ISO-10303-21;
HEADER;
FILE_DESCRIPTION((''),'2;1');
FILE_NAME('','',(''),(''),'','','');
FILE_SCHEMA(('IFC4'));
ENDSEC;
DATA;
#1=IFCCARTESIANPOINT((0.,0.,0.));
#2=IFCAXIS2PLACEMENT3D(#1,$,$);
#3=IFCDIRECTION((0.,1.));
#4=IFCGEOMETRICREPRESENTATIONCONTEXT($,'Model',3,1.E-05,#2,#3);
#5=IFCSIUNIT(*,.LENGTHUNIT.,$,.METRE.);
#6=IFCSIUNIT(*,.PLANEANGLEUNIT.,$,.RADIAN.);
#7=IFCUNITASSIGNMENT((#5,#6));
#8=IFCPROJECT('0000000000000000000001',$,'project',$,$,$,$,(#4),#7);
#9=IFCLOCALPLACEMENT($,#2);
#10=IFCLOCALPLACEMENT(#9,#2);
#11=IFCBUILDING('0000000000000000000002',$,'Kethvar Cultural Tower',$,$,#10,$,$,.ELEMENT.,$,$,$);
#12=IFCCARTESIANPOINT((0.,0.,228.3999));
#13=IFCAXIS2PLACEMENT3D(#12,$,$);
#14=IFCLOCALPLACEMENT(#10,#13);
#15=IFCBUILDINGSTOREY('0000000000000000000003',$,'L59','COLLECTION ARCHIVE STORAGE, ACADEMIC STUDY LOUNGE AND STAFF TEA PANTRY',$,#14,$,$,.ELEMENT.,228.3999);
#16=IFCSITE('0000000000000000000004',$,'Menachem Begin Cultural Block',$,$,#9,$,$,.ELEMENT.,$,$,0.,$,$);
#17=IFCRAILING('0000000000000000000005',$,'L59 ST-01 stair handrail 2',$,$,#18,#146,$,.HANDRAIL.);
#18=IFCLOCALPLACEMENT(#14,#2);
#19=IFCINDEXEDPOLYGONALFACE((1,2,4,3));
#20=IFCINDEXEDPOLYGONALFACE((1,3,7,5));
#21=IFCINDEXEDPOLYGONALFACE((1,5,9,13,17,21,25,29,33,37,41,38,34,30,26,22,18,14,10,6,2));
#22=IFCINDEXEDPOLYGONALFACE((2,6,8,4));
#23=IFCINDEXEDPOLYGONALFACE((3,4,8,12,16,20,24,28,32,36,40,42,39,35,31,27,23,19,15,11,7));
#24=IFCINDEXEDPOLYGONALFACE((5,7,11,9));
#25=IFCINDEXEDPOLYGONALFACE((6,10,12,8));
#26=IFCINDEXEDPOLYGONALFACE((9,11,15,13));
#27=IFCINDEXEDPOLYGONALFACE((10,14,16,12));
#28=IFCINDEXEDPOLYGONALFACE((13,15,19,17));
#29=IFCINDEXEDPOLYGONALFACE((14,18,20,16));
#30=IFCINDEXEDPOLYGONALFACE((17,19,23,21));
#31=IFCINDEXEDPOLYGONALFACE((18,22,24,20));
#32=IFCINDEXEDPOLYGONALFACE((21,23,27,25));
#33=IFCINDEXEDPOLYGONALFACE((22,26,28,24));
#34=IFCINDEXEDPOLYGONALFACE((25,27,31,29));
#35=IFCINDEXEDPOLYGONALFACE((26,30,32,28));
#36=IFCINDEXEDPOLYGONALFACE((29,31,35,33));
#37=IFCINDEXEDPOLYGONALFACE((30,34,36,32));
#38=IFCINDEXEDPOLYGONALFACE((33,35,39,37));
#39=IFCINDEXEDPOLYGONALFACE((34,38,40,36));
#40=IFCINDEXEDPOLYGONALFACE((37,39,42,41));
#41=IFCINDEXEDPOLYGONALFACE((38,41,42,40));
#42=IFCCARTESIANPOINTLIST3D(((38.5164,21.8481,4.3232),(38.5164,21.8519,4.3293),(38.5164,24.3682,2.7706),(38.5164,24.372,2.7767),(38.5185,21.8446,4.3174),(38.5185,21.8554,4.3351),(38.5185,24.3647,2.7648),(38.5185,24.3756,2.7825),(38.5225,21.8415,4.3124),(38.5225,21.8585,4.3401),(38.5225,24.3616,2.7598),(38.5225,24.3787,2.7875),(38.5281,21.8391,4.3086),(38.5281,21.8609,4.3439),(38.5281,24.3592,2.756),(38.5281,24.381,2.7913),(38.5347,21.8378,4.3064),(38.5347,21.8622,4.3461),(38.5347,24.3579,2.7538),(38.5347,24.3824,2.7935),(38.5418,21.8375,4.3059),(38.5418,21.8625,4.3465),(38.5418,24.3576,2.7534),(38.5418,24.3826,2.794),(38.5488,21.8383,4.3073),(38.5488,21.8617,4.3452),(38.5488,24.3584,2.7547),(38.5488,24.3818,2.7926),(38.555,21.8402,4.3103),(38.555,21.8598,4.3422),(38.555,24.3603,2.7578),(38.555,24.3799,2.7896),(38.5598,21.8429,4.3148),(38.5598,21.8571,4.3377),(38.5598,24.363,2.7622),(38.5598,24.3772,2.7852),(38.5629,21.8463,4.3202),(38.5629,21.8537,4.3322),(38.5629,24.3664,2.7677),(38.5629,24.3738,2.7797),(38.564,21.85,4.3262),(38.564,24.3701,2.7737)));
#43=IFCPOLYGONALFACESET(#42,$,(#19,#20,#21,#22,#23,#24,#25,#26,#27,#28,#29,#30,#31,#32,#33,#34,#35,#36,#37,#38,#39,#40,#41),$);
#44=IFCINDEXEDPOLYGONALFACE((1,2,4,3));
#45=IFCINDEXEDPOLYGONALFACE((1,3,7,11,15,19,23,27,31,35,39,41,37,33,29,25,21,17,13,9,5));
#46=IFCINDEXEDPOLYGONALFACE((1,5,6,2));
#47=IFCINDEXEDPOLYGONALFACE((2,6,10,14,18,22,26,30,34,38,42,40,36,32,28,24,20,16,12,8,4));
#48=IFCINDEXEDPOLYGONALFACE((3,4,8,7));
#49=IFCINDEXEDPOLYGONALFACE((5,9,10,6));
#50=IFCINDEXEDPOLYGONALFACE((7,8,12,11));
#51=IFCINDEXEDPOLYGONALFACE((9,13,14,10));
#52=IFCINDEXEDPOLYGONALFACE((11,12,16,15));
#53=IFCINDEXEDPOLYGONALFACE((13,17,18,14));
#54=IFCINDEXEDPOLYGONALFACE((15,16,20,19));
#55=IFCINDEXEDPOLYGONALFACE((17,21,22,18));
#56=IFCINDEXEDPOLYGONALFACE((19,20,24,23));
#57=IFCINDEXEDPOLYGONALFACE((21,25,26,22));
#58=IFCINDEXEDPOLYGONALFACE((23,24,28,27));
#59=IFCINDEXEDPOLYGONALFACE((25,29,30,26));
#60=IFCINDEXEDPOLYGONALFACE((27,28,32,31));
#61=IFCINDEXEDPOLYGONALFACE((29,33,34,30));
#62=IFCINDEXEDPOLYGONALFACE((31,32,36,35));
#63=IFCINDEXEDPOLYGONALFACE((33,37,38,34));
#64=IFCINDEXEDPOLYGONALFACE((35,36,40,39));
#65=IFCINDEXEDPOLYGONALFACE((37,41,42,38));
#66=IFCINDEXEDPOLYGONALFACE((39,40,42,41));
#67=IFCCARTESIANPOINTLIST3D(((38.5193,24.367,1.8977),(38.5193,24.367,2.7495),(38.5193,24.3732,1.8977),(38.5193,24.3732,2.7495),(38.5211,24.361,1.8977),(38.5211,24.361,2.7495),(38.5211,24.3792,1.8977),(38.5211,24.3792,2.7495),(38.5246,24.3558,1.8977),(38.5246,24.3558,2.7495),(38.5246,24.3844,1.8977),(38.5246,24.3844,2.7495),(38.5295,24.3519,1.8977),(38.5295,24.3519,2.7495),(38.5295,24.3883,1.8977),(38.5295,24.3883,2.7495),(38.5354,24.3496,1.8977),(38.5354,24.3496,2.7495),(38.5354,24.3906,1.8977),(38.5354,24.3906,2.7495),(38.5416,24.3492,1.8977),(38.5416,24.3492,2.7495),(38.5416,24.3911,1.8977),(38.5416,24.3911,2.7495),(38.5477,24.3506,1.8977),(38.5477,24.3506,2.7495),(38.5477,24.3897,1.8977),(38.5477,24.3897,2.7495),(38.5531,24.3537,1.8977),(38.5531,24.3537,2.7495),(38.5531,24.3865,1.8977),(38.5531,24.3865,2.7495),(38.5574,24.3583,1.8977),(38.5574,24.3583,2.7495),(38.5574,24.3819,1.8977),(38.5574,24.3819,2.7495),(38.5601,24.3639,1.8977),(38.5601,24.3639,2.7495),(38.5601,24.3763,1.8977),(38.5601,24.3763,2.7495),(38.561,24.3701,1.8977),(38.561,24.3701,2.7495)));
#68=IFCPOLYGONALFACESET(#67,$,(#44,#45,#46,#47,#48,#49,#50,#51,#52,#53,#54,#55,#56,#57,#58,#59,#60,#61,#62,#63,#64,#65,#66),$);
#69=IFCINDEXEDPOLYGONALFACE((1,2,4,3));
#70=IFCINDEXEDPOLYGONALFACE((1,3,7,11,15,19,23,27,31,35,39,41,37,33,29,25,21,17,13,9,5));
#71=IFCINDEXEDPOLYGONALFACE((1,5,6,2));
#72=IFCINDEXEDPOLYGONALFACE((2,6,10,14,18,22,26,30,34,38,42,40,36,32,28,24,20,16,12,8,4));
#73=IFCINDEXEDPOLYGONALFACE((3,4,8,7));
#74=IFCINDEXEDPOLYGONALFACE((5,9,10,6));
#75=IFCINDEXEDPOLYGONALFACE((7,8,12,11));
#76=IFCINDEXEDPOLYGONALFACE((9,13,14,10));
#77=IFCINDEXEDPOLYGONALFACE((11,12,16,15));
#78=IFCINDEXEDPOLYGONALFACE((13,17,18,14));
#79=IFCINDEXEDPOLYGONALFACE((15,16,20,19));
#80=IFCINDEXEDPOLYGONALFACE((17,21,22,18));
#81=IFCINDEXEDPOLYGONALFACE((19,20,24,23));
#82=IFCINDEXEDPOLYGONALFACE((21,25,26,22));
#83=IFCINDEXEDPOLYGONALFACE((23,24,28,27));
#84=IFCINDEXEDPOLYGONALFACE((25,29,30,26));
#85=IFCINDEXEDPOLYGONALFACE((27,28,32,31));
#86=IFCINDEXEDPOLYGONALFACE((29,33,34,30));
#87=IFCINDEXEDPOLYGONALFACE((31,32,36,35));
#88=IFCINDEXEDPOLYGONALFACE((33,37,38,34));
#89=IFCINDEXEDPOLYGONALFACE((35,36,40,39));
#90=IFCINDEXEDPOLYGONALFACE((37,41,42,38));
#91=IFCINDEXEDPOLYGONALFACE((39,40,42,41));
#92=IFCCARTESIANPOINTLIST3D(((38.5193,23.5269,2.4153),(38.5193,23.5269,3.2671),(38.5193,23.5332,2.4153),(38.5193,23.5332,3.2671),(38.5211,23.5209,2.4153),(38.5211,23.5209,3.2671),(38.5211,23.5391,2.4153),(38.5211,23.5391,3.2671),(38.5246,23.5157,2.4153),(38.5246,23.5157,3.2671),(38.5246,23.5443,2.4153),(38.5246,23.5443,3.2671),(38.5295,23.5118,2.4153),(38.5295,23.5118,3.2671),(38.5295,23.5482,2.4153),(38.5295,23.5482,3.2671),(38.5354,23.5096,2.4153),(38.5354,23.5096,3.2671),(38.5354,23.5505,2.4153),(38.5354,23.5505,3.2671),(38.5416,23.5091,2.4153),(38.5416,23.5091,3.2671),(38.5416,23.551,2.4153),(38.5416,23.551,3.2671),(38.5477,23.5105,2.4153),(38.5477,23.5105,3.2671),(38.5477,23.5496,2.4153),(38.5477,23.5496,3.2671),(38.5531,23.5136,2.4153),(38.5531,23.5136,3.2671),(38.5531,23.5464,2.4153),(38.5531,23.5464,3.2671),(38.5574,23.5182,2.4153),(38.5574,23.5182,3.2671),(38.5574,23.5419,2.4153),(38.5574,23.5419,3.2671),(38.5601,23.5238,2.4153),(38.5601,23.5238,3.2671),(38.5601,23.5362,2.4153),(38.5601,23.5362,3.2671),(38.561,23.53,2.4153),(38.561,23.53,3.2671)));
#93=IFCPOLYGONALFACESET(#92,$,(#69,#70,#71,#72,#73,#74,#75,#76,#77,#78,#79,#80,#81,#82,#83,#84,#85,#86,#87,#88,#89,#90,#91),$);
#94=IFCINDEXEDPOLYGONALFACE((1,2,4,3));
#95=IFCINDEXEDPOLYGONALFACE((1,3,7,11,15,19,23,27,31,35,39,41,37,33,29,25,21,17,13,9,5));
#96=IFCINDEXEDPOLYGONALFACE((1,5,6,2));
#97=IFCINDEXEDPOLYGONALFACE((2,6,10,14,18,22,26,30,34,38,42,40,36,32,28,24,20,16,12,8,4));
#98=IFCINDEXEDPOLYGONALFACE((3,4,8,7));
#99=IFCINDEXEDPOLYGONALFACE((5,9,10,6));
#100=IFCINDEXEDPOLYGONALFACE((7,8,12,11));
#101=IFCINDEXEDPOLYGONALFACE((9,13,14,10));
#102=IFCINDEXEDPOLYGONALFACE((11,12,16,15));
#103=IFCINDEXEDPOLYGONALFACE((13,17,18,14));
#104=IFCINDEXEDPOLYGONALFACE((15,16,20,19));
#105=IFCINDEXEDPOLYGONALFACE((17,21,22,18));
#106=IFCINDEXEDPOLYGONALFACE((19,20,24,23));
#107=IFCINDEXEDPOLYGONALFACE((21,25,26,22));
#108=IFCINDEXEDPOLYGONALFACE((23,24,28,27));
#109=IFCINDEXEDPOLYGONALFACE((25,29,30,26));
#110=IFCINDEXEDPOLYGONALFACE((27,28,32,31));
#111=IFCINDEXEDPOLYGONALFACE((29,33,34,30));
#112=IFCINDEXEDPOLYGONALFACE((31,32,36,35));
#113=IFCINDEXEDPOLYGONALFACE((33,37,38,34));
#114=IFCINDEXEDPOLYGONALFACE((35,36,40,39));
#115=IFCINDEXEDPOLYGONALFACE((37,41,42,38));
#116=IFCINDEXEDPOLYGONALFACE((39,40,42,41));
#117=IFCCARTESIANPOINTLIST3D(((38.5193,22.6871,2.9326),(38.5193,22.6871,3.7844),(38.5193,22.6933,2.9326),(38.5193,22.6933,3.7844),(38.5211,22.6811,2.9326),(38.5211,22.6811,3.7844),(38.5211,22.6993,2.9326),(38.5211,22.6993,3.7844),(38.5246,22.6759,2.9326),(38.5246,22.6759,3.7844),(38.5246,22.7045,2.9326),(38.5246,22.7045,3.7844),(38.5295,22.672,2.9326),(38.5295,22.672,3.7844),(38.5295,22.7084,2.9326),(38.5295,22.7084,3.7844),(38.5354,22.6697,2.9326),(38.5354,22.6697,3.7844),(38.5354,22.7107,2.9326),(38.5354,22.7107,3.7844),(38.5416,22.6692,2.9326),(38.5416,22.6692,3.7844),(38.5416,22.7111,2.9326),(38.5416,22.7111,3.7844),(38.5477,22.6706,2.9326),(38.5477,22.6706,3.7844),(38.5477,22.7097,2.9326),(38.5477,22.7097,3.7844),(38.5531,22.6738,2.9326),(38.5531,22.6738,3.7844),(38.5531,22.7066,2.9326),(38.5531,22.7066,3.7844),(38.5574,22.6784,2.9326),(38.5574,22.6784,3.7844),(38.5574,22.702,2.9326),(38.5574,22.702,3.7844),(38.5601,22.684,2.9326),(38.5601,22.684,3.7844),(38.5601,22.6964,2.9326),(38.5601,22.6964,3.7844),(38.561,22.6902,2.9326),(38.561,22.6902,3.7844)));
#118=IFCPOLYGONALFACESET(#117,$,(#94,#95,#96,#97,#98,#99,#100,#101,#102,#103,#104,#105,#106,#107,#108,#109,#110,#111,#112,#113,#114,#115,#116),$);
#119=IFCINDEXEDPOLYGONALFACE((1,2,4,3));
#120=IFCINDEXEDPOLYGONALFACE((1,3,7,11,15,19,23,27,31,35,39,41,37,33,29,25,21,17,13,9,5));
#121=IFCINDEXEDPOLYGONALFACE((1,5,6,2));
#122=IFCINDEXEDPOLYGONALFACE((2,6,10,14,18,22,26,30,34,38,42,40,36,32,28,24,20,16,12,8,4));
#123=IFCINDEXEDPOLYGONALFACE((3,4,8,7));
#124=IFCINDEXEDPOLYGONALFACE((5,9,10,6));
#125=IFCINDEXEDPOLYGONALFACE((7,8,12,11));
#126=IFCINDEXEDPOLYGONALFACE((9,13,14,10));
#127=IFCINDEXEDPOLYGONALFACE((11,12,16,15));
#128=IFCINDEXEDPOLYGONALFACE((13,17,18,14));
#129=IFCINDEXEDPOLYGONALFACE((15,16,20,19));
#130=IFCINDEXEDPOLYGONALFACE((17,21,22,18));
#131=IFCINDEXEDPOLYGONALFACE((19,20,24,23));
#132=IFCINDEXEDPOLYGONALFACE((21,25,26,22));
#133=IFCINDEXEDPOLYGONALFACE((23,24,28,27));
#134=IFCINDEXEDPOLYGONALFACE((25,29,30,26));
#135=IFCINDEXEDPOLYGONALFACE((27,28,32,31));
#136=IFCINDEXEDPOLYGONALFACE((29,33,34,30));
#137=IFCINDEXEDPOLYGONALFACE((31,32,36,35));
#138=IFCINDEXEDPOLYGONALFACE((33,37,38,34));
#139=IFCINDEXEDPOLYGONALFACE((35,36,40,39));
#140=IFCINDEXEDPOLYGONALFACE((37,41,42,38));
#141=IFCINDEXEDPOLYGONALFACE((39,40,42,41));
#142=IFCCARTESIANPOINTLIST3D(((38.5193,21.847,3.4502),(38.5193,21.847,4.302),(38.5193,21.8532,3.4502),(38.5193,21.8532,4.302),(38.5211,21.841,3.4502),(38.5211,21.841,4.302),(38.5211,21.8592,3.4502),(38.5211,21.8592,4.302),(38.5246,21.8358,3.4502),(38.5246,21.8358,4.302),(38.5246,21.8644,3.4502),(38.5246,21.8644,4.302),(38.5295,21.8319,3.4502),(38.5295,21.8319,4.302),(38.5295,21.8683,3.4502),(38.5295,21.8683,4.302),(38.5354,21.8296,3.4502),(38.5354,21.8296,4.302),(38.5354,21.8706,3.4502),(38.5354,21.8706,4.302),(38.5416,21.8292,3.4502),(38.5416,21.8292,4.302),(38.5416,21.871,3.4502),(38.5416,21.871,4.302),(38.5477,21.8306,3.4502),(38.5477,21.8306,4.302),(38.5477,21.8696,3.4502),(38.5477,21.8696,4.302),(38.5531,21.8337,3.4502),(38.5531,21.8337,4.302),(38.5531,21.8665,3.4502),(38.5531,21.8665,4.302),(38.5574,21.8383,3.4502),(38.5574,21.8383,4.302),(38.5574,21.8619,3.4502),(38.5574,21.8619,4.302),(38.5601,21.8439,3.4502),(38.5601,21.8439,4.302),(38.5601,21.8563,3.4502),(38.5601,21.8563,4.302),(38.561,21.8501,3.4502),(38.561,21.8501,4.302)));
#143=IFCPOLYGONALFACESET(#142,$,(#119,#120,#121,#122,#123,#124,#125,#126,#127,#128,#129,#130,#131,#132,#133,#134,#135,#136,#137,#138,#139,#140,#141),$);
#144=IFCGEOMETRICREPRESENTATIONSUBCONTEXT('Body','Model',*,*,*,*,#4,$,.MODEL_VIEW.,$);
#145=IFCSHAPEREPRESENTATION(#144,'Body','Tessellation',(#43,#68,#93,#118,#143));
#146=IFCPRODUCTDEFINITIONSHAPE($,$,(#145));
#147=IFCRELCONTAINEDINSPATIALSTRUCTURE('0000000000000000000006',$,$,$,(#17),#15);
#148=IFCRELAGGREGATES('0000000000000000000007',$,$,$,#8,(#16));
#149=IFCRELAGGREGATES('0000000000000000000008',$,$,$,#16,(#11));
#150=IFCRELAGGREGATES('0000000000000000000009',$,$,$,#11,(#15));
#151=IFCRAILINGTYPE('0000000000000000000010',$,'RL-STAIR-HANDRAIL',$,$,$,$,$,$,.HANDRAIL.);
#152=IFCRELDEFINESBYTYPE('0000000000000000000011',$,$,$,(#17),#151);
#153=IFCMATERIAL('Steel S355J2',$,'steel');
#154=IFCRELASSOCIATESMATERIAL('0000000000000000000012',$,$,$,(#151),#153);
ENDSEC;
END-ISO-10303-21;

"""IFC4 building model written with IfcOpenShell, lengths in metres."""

from ifc_helpers import new_model, si_unit, direction, frame, origin, origin_2d, place, context, subcontext, project, spatial, circle, extrude, material, type_object, element, save


model = new_model("IFC4")

# Units and contexts
model_context = context("Model", 3, precision=1e-05, world=origin(), true_north=direction((0.0, 1.0)))
body_context = subcontext(model_context, "Body", "Model", "MODEL_VIEW")
ifc_project = project(units=[si_unit("LENGTHUNIT", "METRE"), si_unit("PLANEANGLEUNIT", "RADIAN")], contexts=[model_context])

# Site, building, storey
site_placement = place(None, origin())
site = spatial("IfcSite", under=ifc_project, at=site_placement, Name="Menachem Begin Cultural Block", CompositionType="ELEMENT", RefElevation=0.0)
building_placement = place(site_placement, origin())
building = spatial("IfcBuilding", under=site, at=building_placement, Name="Kethvar Cultural Tower", CompositionType="ELEMENT")
storey_placement = place(building_placement, frame((0.0, 0.0, 228.3999)))
storey = spatial("IfcBuildingStorey", under=building, at=storey_placement, Name="L59", Description="COLLECTION ARCHIVE STORAGE, ACADEMIC STUDY LOUNGE AND STAFF TEA PANTRY", CompositionType="ELEMENT", Elevation=228.3999)

# Shared definitions
ifc_material_1 = material(Name="Steel S355J2", Category="steel")

# Railing
railing_type_1 = type_object("IfcRailingType", Name="RL-STAIR-HANDRAIL", PredefinedType="HANDRAIL", material=ifc_material_1)
railing_1_placement = place(storey_placement, frame((38.54, 24.3701, 1.8977)))
element("IfcRailing", 1, at=railing_1_placement, inside=storey, type_object=railing_type_1, Name="L59 ST-01 stair handrail 2", PredefinedType="HANDRAIL", context=body_context, shape_type="SweptSolid", body=[
    extrude(circle(Radius=0.0239, at=origin_2d()), frame((0.0, 0.0, 0.876), z_axis=(0.0, -0.8514, 0.524516), x_axis=(1.0, 0.0, 0.0)), (0.0, 0.0, 1.0), 2.96),
    extrude(circle(Radius=0.021, at=origin_2d()), origin(), (0.0, 0.0, 1.0), 0.8518),
    extrude(circle(Radius=0.021, at=origin_2d()), frame((0.0, -0.8401, 0.5176)), (0.0, 0.0, 1.0), 0.8518),
    extrude(circle(Radius=0.021, at=origin_2d()), frame((0.0, -1.6799, 1.0349)), (0.0, 0.0, 1.0), 0.8518),
    extrude(circle(Radius=0.021, at=origin_2d()), frame((0.0, -2.52, 1.5525)), (0.0, 0.0, 1.0), 0.8518),
])

save(model, "model.ifc")
